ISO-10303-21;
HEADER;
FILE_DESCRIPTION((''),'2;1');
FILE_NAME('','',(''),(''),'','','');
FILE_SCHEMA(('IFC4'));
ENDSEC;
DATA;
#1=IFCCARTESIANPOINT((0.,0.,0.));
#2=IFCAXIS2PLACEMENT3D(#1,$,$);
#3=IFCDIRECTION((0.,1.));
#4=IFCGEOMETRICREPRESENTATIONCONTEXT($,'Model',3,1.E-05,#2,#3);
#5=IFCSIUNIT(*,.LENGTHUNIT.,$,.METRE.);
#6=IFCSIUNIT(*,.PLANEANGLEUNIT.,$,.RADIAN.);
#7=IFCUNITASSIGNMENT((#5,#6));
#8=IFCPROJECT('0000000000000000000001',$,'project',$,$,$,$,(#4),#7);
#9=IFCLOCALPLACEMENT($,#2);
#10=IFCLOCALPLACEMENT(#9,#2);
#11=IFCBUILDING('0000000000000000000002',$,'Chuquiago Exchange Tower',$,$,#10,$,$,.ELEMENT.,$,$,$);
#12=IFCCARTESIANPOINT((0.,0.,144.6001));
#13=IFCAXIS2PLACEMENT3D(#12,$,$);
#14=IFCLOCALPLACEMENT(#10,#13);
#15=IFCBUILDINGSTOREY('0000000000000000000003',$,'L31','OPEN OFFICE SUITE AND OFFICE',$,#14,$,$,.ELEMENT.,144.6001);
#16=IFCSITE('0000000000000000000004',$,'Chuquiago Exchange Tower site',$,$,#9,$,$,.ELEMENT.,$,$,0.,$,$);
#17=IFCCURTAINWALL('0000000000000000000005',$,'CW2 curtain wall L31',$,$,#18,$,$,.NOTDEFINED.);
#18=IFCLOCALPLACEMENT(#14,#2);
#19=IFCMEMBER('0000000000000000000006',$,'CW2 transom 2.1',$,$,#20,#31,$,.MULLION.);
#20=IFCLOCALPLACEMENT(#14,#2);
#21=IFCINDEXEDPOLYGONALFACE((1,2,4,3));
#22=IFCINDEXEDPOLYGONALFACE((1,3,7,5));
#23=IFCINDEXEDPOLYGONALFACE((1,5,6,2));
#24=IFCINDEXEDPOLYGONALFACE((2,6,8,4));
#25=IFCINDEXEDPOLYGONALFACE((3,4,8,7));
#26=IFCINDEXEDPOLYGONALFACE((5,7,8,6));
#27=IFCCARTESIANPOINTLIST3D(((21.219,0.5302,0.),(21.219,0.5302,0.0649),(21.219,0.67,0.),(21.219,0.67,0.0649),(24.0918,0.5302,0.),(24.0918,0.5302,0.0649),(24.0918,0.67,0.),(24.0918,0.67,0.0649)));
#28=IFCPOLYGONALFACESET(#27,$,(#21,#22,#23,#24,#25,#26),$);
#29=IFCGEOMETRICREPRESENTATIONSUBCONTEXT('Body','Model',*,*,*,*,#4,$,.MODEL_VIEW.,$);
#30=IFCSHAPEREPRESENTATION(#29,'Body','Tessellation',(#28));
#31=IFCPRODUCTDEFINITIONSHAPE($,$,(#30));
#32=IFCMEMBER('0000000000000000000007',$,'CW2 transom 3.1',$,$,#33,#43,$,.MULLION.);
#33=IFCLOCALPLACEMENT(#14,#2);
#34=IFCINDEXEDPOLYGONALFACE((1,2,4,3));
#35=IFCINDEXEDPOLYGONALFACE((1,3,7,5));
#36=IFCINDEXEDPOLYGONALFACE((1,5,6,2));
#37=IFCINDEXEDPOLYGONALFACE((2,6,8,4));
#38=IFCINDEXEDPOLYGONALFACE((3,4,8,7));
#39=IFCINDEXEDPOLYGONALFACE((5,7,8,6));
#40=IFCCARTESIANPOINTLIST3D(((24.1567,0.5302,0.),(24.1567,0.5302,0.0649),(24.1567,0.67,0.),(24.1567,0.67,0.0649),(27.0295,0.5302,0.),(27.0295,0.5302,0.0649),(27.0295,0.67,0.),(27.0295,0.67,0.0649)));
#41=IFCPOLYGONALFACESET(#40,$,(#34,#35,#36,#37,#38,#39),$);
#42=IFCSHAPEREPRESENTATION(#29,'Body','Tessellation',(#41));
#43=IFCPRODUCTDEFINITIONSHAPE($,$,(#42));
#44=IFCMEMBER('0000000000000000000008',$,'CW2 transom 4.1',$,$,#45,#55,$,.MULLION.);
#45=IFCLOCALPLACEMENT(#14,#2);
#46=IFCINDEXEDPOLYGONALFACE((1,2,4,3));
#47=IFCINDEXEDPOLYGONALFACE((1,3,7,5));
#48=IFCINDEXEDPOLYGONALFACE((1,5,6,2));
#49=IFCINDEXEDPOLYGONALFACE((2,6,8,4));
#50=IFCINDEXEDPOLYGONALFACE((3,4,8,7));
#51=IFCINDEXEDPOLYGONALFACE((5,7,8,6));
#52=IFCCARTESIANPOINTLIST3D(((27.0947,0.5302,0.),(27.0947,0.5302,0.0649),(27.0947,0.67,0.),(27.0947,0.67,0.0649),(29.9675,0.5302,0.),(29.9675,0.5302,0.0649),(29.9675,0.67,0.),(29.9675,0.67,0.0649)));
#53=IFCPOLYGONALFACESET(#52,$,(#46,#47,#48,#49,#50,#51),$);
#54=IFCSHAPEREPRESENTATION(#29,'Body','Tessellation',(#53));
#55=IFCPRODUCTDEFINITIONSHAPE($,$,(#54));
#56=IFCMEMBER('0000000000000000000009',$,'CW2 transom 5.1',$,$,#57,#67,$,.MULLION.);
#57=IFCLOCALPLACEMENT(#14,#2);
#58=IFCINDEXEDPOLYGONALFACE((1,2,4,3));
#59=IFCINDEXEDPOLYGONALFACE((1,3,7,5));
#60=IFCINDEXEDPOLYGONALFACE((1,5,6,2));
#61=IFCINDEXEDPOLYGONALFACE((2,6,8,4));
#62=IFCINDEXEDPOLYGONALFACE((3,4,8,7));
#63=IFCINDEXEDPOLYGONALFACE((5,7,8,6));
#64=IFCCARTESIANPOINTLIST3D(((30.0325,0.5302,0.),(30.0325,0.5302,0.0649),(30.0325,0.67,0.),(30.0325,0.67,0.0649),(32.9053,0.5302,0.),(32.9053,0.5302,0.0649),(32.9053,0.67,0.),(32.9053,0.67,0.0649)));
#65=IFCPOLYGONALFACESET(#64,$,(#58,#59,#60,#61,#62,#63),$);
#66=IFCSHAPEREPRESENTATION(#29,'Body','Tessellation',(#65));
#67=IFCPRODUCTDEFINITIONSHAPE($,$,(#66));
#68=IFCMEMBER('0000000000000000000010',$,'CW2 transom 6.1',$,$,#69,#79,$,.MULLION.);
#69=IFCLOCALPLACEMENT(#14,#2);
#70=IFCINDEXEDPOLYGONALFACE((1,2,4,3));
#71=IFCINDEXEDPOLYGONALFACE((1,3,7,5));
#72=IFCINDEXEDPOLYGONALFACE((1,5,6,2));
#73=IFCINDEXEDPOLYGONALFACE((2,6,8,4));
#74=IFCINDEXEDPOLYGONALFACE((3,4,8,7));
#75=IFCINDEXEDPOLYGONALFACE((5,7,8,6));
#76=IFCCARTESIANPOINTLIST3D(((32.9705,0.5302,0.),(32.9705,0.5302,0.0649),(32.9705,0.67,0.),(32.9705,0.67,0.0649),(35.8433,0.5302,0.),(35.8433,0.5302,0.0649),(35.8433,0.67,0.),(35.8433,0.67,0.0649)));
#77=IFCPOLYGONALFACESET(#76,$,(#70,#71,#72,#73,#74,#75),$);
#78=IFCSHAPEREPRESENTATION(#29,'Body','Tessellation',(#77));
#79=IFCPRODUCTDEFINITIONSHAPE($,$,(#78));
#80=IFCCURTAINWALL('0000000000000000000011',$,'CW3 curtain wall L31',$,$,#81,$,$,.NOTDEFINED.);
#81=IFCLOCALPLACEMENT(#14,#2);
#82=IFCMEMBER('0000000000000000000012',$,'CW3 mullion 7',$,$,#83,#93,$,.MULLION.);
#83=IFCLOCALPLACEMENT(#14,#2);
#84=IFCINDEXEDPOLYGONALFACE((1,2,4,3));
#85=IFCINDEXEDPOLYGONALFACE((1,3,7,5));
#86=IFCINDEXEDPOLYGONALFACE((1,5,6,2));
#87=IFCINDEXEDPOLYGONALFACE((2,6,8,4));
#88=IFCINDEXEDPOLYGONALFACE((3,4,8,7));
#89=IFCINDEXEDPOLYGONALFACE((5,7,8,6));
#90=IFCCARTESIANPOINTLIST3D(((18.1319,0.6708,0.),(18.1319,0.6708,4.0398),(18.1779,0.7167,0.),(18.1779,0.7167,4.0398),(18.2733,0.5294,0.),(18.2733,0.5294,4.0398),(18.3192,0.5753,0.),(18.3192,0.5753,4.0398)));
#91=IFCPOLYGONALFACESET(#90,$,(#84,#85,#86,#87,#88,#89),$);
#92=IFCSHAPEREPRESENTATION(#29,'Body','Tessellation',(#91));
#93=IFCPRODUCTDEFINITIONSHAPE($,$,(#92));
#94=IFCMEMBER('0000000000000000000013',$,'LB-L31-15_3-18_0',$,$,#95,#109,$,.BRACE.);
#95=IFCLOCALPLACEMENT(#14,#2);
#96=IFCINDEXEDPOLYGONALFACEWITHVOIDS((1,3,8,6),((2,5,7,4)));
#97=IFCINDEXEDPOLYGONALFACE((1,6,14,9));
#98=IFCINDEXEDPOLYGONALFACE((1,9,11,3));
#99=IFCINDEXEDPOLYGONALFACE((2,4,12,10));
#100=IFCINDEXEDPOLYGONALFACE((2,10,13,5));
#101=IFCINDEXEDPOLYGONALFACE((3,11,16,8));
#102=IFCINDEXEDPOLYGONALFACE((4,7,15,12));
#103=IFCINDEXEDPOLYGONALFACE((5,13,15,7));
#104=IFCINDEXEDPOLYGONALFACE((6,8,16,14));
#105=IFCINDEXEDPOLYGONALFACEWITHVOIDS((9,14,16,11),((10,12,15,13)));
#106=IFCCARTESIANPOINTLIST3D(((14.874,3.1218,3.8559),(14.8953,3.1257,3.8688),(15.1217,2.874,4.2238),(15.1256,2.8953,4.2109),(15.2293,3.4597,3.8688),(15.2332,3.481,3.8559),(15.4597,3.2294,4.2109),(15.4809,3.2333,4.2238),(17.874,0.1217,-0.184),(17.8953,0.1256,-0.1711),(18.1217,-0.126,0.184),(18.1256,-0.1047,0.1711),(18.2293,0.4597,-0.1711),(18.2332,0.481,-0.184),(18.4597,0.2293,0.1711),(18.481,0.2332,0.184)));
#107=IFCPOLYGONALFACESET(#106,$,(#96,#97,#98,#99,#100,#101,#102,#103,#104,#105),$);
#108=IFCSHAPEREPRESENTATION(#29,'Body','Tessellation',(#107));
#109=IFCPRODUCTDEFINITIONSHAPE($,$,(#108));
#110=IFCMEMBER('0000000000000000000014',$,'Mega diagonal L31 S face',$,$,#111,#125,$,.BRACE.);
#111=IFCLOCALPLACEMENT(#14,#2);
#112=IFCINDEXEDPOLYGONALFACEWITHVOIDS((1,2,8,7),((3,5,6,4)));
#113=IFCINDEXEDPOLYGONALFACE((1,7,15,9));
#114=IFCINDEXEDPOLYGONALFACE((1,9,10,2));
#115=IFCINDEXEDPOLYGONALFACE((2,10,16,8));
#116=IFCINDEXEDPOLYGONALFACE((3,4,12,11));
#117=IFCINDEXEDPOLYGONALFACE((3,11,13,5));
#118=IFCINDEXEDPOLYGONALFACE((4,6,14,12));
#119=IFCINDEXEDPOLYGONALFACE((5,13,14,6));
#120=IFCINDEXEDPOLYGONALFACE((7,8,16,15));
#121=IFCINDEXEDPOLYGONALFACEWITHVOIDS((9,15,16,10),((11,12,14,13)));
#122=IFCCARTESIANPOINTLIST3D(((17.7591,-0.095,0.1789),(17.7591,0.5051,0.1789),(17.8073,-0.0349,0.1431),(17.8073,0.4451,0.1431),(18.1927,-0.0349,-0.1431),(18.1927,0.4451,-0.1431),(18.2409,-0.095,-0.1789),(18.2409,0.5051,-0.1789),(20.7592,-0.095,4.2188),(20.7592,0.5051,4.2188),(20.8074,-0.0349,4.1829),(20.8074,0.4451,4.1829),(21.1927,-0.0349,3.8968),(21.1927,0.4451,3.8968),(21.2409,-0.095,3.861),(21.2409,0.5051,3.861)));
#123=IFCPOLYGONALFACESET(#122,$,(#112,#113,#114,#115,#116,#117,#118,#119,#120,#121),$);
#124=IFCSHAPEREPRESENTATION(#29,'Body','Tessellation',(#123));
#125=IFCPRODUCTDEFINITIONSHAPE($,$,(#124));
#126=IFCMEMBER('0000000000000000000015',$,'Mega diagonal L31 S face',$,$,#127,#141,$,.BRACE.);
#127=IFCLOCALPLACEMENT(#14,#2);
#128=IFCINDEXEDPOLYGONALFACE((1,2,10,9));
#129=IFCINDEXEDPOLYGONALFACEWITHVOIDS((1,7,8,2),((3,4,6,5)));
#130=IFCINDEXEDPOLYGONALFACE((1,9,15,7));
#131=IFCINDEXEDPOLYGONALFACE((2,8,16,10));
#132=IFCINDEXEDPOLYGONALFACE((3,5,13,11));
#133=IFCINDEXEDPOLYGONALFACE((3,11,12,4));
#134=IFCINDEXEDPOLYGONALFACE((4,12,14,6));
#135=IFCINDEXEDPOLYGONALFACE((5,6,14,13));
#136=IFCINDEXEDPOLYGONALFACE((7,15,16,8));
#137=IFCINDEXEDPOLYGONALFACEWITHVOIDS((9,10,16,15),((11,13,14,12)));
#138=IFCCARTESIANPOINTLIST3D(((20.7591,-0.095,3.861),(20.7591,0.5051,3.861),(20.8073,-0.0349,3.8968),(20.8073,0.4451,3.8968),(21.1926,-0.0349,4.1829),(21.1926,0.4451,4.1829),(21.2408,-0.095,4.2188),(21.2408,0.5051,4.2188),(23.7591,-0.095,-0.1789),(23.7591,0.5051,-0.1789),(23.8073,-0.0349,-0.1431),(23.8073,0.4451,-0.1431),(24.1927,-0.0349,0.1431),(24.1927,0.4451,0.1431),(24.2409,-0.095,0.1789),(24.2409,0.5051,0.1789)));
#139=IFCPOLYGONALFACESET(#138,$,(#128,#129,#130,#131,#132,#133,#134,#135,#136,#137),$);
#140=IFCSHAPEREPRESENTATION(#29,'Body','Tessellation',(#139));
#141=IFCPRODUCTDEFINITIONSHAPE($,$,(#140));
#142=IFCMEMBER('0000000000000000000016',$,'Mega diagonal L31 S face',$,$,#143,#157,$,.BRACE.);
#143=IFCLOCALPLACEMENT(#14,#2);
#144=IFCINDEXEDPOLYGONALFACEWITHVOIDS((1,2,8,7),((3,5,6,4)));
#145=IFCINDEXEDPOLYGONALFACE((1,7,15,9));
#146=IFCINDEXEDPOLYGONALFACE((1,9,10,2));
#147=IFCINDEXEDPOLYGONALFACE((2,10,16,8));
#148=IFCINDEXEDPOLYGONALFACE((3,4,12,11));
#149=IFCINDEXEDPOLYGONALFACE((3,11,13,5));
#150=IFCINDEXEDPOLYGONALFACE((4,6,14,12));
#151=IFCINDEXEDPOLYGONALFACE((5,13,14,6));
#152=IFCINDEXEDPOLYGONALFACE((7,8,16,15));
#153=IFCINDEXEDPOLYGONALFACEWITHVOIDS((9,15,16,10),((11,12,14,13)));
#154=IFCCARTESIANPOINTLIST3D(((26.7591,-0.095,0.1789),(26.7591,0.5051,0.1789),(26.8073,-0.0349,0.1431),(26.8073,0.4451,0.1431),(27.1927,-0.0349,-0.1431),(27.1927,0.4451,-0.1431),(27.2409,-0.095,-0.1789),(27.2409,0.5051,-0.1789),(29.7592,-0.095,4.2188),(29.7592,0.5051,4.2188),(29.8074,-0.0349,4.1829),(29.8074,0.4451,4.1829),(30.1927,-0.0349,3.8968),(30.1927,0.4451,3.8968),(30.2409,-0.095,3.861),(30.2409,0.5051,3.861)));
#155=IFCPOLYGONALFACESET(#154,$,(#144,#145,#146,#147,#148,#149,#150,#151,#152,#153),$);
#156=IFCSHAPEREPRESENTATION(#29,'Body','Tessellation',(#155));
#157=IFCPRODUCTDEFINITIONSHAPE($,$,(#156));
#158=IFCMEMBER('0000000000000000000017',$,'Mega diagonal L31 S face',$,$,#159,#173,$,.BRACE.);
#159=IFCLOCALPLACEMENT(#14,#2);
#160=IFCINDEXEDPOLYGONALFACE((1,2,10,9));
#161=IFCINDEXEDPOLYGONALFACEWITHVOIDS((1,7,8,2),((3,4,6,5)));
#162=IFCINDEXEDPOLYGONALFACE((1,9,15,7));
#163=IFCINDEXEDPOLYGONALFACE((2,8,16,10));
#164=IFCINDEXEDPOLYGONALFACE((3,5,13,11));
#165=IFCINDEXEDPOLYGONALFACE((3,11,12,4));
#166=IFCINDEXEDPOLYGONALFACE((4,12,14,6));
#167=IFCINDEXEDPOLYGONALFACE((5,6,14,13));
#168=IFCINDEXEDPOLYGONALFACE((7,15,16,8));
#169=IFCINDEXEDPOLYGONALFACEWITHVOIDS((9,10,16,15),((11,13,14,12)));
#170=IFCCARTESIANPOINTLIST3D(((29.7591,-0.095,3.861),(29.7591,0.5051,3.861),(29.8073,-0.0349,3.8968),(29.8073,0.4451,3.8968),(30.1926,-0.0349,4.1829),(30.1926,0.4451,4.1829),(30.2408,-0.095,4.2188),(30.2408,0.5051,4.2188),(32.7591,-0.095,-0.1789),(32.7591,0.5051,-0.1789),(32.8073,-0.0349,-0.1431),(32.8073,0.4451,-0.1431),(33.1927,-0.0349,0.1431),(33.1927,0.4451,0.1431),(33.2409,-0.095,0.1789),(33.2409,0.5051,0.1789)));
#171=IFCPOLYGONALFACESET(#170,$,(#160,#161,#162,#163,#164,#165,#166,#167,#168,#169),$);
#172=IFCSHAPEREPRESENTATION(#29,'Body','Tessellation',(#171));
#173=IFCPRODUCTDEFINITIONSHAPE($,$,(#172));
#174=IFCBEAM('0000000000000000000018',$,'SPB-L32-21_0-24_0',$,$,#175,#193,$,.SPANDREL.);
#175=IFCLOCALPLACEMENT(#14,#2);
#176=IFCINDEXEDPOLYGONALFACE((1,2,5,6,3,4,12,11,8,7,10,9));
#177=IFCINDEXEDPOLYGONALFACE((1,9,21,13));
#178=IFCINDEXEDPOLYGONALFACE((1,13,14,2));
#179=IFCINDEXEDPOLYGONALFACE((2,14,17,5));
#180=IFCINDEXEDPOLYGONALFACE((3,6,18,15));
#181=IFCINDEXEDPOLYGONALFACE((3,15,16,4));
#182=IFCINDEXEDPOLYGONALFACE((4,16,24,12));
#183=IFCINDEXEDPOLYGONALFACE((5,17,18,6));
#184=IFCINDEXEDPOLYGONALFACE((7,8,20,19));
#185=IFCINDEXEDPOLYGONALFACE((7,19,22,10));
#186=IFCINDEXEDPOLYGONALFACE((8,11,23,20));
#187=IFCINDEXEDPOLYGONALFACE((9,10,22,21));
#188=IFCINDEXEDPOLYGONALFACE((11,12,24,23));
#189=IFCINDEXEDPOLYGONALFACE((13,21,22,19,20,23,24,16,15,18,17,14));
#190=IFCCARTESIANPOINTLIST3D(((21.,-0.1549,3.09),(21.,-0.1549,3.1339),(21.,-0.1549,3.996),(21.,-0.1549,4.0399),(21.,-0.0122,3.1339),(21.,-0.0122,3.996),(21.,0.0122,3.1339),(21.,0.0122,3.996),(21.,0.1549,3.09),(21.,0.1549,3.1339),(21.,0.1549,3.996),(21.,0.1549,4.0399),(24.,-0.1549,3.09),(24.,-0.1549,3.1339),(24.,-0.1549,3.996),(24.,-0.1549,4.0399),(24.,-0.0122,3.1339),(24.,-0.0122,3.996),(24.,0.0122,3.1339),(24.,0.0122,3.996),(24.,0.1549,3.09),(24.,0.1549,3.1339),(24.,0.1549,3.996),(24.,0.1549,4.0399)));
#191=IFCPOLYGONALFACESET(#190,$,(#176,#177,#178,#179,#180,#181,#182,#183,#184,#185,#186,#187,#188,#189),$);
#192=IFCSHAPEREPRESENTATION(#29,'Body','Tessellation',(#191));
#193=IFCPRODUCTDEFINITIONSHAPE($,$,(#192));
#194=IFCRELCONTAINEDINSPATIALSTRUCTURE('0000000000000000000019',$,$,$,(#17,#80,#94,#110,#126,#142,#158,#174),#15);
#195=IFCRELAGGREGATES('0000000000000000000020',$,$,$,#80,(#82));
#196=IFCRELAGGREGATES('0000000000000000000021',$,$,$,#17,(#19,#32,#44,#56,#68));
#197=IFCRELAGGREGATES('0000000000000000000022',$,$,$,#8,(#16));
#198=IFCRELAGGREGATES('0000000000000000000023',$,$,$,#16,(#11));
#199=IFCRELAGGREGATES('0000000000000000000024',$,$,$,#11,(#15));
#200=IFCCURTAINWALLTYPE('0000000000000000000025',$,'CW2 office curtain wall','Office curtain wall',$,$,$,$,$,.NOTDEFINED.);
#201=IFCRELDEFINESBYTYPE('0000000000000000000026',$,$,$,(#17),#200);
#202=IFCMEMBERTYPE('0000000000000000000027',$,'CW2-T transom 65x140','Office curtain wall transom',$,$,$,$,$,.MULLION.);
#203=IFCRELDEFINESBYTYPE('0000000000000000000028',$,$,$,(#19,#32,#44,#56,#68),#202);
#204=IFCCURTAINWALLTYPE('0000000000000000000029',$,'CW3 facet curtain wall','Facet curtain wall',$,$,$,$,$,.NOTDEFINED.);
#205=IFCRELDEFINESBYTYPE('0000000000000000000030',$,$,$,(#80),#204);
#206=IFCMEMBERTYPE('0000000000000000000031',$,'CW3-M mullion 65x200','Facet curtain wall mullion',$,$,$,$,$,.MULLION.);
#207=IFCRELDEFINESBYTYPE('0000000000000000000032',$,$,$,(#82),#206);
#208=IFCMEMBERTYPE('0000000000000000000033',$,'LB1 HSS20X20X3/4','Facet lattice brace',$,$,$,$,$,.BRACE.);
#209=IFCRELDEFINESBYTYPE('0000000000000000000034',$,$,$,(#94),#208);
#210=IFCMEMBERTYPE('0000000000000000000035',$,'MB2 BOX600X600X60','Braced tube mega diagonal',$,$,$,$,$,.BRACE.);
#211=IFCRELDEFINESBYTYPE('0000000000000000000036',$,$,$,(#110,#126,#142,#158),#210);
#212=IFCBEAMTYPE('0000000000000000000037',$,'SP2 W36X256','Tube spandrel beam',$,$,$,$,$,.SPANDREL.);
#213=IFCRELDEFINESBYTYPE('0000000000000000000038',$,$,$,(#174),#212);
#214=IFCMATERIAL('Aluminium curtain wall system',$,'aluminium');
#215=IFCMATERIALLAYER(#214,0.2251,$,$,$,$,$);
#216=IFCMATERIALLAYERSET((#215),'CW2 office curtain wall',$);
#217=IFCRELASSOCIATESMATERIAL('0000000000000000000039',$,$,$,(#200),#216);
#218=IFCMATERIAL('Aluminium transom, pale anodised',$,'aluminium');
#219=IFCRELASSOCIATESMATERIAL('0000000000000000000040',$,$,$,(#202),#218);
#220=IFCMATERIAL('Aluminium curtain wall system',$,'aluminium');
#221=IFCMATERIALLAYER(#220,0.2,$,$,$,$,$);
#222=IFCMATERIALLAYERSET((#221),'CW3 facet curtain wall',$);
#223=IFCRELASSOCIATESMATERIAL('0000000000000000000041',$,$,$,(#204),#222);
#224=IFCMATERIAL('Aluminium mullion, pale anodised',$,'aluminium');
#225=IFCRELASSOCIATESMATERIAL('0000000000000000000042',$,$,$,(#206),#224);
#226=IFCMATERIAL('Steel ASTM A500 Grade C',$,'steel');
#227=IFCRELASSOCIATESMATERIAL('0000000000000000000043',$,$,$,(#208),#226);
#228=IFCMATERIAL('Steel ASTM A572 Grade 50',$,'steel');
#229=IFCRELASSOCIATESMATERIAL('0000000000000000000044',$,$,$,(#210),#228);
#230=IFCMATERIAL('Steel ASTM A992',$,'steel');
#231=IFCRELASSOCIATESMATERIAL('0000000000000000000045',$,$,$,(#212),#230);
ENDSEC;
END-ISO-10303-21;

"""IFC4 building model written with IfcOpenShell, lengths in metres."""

from ifc_helpers import new_model, si_unit, direction, frame, origin, origin_2d, place, context, subcontext, project, spatial, rectangle, hollow_rectangle, i_section, extrude, material, layer, layer_set, material_profile, profile_set, type_object, element, aggregate, save


model = new_model("IFC4")

# Units and contexts
model_context = context("Model", 3, precision=1e-05, world=origin(), true_north=direction((0.0, 1.0)))
body_context = subcontext(model_context, "Body", "Model", "MODEL_VIEW")
ifc_project = project(units=[si_unit("LENGTHUNIT", "METRE"), si_unit("PLANEANGLEUNIT", "RADIAN")], contexts=[model_context])

# Site, building, storey
site_placement = place(None, origin())
site = spatial("IfcSite", under=ifc_project, at=site_placement, Name="Chuquiago Exchange Tower site", CompositionType="ELEMENT", RefElevation=0.0)
building_placement = place(site_placement, origin())
building = spatial("IfcBuilding", under=site, at=building_placement, Name="Chuquiago Exchange Tower", CompositionType="ELEMENT")
storey_placement = place(building_placement, frame((0.0, 0.0, 144.6001)))
storey = spatial("IfcBuildingStorey", under=building, at=storey_placement, Name="L31", Description="OPEN OFFICE SUITE AND OFFICE", CompositionType="ELEMENT", Elevation=144.6001)

# Curtain wall, members
ifc_material_1 = material(Name="Aluminium curtain wall system", Category="aluminium")
ifc_layer_1 = layer(ifc_material_1, 0.2251)
ifc_layer_set_1 = layer_set([ifc_layer_1], Name="CW2 office curtain wall")
curtain_wall_type_1 = type_object("IfcCurtainWallType", Name="CW2 office curtain wall", Description="Office curtain wall", PredefinedType="NOTDEFINED", material=ifc_layer_set_1)
curtain_wall_1_placement = place(storey_placement, origin())
curtain_wall_1 = element("IfcCurtainWall", 1, at=curtain_wall_1_placement, inside=storey, type_object=curtain_wall_type_1, Name="CW2 curtain wall L31", PredefinedType="NOTDEFINED")
ifc_material_2 = material(Name="Aluminium transom, pale anodised", Category="aluminium")
ifc_material_profile_1 = material_profile(ifc_material_2, rectangle(XDim=0.1399, YDim=0.0649, at=origin_2d()), Name="AL 140x65")
ifc_profile_set_1 = profile_set([ifc_material_profile_1], Name="Aluminium transom, pale anodised")
member_type_1 = type_object("IfcMemberType", Name="CW2-T transom 65x140", Description="Office curtain wall transom", PredefinedType="MULLION", material=ifc_profile_set_1)
member_1_placement = place(storey_placement, frame((21.219, 0.6001, 0.0325), z_axis=(1.0, 0.0, 0.0), x_axis=(0.0, 1.0, 0.0)))
member_1 = element("IfcMember", 2, at=member_1_placement, type_object=member_type_1, Name="CW2 transom 2.1", PredefinedType="MULLION", context=body_context, shape_type="SweptSolid", body=[
    extrude(rectangle(XDim=0.1399, YDim=0.0649, at=origin_2d()), origin(), (0.0, 0.0, 1.0), 2.8728),
])
member_2_placement = place(storey_placement, frame((24.1567, 0.6001, 0.0325), z_axis=(1.0, 0.0, 0.0), x_axis=(0.0, 1.0, 0.0)))
member_2 = element("IfcMember", 3, at=member_2_placement, type_object=member_type_1, Name="CW2 transom 3.1", PredefinedType="MULLION", context=body_context, shape_type="SweptSolid", body=[
    extrude(rectangle(XDim=0.1399, YDim=0.0649, at=origin_2d()), origin(), (0.0, 0.0, 1.0), 2.8728),
])
member_3_placement = place(storey_placement, frame((27.0947, 0.6001, 0.0325), z_axis=(1.0, 0.0, 0.0), x_axis=(0.0, 1.0, 0.0)))
member_3 = element("IfcMember", 4, at=member_3_placement, type_object=member_type_1, Name="CW2 transom 4.1", PredefinedType="MULLION", context=body_context, shape_type="SweptSolid", body=[
    extrude(rectangle(XDim=0.1399, YDim=0.0649, at=origin_2d()), origin(), (0.0, 0.0, 1.0), 2.8728),
])
member_4_placement = place(storey_placement, frame((30.0325, 0.6001, 0.0325), z_axis=(1.0, 0.0, 0.0), x_axis=(0.0, 1.0, 0.0)))
member_4 = element("IfcMember", 5, at=member_4_placement, type_object=member_type_1, Name="CW2 transom 5.1", PredefinedType="MULLION", context=body_context, shape_type="SweptSolid", body=[
    extrude(rectangle(XDim=0.1399, YDim=0.0649, at=origin_2d()), origin(), (0.0, 0.0, 1.0), 2.8728),
])
member_5_placement = place(storey_placement, frame((32.9705, 0.6001, 0.0325), z_axis=(1.0, 0.0, 0.0), x_axis=(0.0, 1.0, 0.0)))
member_5 = element("IfcMember", 6, at=member_5_placement, type_object=member_type_1, Name="CW2 transom 6.1", PredefinedType="MULLION", context=body_context, shape_type="SweptSolid", body=[
    extrude(rectangle(XDim=0.1399, YDim=0.0649, at=origin_2d()), origin(), (0.0, 0.0, 1.0), 2.8728),
])

# Curtain wall, member
ifc_material_3 = material(Name="Aluminium curtain wall system", Category="aluminium")
ifc_layer_2 = layer(ifc_material_3, 0.2)
ifc_layer_set_2 = layer_set([ifc_layer_2], Name="CW3 facet curtain wall")
curtain_wall_type_2 = type_object("IfcCurtainWallType", Name="CW3 facet curtain wall", Description="Facet curtain wall", PredefinedType="NOTDEFINED", material=ifc_layer_set_2)
curtain_wall_2_placement = place(storey_placement, origin())
curtain_wall_2 = element("IfcCurtainWall", 7, at=curtain_wall_2_placement, inside=storey, type_object=curtain_wall_type_2, Name="CW3 curtain wall L31", PredefinedType="NOTDEFINED")
ifc_material_4 = material(Name="Aluminium mullion, pale anodised", Category="aluminium")
ifc_material_profile_2 = material_profile(ifc_material_4, rectangle(XDim=0.0649, YDim=0.2, at=origin_2d()), Name="AL 65x200")
ifc_profile_set_2 = profile_set([ifc_material_profile_2], Name="Aluminium mullion, pale anodised")
member_type_2 = type_object("IfcMemberType", Name="CW3-M mullion 65x200", Description="Facet curtain wall mullion", PredefinedType="MULLION", material=ifc_profile_set_2)
member_6_placement = place(storey_placement, frame((18.2256, 0.623, 0.0), z_axis=(0.0, 0.0, 1.0), x_axis=(0.707107, 0.707107, 0.0)))
member_6 = element("IfcMember", 8, at=member_6_placement, type_object=member_type_2, Name="CW3 mullion 7", PredefinedType="MULLION", context=body_context, shape_type="SweptSolid", body=[
    extrude(rectangle(XDim=0.0649, YDim=0.2, at=origin_2d()), origin(), (0.0, 0.0, 1.0), 4.0398),
])
aggregate(curtain_wall_2, [member_6])

# Members
ifc_material_5 = material(Name="Steel ASTM A500 Grade C", Category="steel")
ifc_material_profile_3 = material_profile(ifc_material_5, hollow_rectangle(XDim=0.5081, YDim=0.5081, WallThickness=0.0178, at=origin_2d()), Name="HSS20X20X3/4")
ifc_profile_set_3 = profile_set([ifc_material_profile_3], Name="Steel ASTM A500 Grade C")
member_type_3 = type_object("IfcMemberType", Name="LB1 HSS20X20X3/4", Description="Facet lattice brace", PredefinedType="BRACE", material=ifc_profile_set_3)
member_7_placement = place(storey_placement, frame((18.1775, 0.1775, 0.0), z_axis=(-0.512092, 0.512092, 0.689582), x_axis=(-0.707107, -0.707107, 0.0)))
element("IfcMember", 9, at=member_7_placement, inside=storey, type_object=member_type_3, Name="LB-L31-15_3-18_0", PredefinedType="BRACE", context=body_context, shape_type="SweptSolid", body=[
    extrude(hollow_rectangle(XDim=0.5081, YDim=0.5081, WallThickness=0.0178, at=origin_2d()), origin(), (0.0, 0.0, 1.0), 5.8584),
])
ifc_material_6 = material(Name="Steel ASTM A572 Grade 50", Category="steel")
ifc_material_profile_4 = material_profile(ifc_material_6, hollow_rectangle(XDim=0.6001, YDim=0.6001, WallThickness=0.0601, at=origin_2d()), Name="BOX600X600X60")
ifc_profile_set_4 = profile_set([ifc_material_profile_4], Name="Steel ASTM A572 Grade 50")
member_type_4 = type_object("IfcMemberType", Name="MB2 BOX600X600X60", Description="Braced tube mega diagonal", PredefinedType="BRACE", material=ifc_profile_set_4)
for number, where, z_axis, x_axis, name in (
    (10, (18.0, 0.2051, 0.0), (0.596197, 0.0, 0.802838), (0.0, 1.0, 0.0), "Mega diagonal L31 S face"),
    (11, (24.0, 0.2051, 0.0), (-0.596197, 0.0, 0.802838), (0.0, -1.0, 0.0), "Mega diagonal L31 S face"),
    (12, (27.0, 0.2051, 0.0), (0.596197, 0.0, 0.802838), (0.0, 1.0, 0.0), "Mega diagonal L31 S face"),
    (13, (33.0, 0.2051, 0.0), (-0.596197, 0.0, 0.802838), (0.0, -1.0, 0.0), "Mega diagonal L31 S face"),
):
    element("IfcMember", number, at=place(storey_placement, frame(where, z_axis=z_axis, x_axis=x_axis)), inside=storey, type_object=member_type_4, Name=name, PredefinedType="BRACE", context=body_context, shape_type="SweptSolid", body=[
        extrude(hollow_rectangle(XDim=0.6001, YDim=0.6001, WallThickness=0.0601, at=origin_2d()), origin(), (0.0, 0.0, 1.0), 5.032),
    ])

# Beam
ifc_material_7 = material(Name="Steel ASTM A992", Category="steel")
ifc_material_profile_5 = material_profile(ifc_material_7, i_section(OverallWidth=0.3098, OverallDepth=0.95, WebThickness=0.0244, FlangeThickness=0.0439, at=origin_2d()), Name="W36X256")
ifc_profile_set_5 = profile_set([ifc_material_profile_5], Name="Steel ASTM A992")
beam_type = type_object("IfcBeamType", Name="SP2 W36X256", Description="Tube spandrel beam", PredefinedType="SPANDREL", material=ifc_profile_set_5)
for number, where, z_axis, x_axis, name in (
    (14, (21.0, 0.0, 3.5649), (1.0, 0.0, 0.0), (0.0, 1.0, 0.0), "SPB-L32-21_0-24_0"),
):
    element("IfcBeam", number, at=place(storey_placement, frame(where, z_axis=z_axis, x_axis=x_axis)), inside=storey, type_object=beam_type, Name=name, PredefinedType="SPANDREL", context=body_context, shape_type="SweptSolid", body=[
        extrude(i_section(OverallWidth=0.3098, OverallDepth=0.95, WebThickness=0.0244, FlangeThickness=0.0439, at=origin_2d()), origin(), (0.0, 0.0, 1.0), 3.0),
    ])

aggregate(curtain_wall_1, [member_1, member_2, member_3, member_4, member_5])

save(model, "model.ifc")
